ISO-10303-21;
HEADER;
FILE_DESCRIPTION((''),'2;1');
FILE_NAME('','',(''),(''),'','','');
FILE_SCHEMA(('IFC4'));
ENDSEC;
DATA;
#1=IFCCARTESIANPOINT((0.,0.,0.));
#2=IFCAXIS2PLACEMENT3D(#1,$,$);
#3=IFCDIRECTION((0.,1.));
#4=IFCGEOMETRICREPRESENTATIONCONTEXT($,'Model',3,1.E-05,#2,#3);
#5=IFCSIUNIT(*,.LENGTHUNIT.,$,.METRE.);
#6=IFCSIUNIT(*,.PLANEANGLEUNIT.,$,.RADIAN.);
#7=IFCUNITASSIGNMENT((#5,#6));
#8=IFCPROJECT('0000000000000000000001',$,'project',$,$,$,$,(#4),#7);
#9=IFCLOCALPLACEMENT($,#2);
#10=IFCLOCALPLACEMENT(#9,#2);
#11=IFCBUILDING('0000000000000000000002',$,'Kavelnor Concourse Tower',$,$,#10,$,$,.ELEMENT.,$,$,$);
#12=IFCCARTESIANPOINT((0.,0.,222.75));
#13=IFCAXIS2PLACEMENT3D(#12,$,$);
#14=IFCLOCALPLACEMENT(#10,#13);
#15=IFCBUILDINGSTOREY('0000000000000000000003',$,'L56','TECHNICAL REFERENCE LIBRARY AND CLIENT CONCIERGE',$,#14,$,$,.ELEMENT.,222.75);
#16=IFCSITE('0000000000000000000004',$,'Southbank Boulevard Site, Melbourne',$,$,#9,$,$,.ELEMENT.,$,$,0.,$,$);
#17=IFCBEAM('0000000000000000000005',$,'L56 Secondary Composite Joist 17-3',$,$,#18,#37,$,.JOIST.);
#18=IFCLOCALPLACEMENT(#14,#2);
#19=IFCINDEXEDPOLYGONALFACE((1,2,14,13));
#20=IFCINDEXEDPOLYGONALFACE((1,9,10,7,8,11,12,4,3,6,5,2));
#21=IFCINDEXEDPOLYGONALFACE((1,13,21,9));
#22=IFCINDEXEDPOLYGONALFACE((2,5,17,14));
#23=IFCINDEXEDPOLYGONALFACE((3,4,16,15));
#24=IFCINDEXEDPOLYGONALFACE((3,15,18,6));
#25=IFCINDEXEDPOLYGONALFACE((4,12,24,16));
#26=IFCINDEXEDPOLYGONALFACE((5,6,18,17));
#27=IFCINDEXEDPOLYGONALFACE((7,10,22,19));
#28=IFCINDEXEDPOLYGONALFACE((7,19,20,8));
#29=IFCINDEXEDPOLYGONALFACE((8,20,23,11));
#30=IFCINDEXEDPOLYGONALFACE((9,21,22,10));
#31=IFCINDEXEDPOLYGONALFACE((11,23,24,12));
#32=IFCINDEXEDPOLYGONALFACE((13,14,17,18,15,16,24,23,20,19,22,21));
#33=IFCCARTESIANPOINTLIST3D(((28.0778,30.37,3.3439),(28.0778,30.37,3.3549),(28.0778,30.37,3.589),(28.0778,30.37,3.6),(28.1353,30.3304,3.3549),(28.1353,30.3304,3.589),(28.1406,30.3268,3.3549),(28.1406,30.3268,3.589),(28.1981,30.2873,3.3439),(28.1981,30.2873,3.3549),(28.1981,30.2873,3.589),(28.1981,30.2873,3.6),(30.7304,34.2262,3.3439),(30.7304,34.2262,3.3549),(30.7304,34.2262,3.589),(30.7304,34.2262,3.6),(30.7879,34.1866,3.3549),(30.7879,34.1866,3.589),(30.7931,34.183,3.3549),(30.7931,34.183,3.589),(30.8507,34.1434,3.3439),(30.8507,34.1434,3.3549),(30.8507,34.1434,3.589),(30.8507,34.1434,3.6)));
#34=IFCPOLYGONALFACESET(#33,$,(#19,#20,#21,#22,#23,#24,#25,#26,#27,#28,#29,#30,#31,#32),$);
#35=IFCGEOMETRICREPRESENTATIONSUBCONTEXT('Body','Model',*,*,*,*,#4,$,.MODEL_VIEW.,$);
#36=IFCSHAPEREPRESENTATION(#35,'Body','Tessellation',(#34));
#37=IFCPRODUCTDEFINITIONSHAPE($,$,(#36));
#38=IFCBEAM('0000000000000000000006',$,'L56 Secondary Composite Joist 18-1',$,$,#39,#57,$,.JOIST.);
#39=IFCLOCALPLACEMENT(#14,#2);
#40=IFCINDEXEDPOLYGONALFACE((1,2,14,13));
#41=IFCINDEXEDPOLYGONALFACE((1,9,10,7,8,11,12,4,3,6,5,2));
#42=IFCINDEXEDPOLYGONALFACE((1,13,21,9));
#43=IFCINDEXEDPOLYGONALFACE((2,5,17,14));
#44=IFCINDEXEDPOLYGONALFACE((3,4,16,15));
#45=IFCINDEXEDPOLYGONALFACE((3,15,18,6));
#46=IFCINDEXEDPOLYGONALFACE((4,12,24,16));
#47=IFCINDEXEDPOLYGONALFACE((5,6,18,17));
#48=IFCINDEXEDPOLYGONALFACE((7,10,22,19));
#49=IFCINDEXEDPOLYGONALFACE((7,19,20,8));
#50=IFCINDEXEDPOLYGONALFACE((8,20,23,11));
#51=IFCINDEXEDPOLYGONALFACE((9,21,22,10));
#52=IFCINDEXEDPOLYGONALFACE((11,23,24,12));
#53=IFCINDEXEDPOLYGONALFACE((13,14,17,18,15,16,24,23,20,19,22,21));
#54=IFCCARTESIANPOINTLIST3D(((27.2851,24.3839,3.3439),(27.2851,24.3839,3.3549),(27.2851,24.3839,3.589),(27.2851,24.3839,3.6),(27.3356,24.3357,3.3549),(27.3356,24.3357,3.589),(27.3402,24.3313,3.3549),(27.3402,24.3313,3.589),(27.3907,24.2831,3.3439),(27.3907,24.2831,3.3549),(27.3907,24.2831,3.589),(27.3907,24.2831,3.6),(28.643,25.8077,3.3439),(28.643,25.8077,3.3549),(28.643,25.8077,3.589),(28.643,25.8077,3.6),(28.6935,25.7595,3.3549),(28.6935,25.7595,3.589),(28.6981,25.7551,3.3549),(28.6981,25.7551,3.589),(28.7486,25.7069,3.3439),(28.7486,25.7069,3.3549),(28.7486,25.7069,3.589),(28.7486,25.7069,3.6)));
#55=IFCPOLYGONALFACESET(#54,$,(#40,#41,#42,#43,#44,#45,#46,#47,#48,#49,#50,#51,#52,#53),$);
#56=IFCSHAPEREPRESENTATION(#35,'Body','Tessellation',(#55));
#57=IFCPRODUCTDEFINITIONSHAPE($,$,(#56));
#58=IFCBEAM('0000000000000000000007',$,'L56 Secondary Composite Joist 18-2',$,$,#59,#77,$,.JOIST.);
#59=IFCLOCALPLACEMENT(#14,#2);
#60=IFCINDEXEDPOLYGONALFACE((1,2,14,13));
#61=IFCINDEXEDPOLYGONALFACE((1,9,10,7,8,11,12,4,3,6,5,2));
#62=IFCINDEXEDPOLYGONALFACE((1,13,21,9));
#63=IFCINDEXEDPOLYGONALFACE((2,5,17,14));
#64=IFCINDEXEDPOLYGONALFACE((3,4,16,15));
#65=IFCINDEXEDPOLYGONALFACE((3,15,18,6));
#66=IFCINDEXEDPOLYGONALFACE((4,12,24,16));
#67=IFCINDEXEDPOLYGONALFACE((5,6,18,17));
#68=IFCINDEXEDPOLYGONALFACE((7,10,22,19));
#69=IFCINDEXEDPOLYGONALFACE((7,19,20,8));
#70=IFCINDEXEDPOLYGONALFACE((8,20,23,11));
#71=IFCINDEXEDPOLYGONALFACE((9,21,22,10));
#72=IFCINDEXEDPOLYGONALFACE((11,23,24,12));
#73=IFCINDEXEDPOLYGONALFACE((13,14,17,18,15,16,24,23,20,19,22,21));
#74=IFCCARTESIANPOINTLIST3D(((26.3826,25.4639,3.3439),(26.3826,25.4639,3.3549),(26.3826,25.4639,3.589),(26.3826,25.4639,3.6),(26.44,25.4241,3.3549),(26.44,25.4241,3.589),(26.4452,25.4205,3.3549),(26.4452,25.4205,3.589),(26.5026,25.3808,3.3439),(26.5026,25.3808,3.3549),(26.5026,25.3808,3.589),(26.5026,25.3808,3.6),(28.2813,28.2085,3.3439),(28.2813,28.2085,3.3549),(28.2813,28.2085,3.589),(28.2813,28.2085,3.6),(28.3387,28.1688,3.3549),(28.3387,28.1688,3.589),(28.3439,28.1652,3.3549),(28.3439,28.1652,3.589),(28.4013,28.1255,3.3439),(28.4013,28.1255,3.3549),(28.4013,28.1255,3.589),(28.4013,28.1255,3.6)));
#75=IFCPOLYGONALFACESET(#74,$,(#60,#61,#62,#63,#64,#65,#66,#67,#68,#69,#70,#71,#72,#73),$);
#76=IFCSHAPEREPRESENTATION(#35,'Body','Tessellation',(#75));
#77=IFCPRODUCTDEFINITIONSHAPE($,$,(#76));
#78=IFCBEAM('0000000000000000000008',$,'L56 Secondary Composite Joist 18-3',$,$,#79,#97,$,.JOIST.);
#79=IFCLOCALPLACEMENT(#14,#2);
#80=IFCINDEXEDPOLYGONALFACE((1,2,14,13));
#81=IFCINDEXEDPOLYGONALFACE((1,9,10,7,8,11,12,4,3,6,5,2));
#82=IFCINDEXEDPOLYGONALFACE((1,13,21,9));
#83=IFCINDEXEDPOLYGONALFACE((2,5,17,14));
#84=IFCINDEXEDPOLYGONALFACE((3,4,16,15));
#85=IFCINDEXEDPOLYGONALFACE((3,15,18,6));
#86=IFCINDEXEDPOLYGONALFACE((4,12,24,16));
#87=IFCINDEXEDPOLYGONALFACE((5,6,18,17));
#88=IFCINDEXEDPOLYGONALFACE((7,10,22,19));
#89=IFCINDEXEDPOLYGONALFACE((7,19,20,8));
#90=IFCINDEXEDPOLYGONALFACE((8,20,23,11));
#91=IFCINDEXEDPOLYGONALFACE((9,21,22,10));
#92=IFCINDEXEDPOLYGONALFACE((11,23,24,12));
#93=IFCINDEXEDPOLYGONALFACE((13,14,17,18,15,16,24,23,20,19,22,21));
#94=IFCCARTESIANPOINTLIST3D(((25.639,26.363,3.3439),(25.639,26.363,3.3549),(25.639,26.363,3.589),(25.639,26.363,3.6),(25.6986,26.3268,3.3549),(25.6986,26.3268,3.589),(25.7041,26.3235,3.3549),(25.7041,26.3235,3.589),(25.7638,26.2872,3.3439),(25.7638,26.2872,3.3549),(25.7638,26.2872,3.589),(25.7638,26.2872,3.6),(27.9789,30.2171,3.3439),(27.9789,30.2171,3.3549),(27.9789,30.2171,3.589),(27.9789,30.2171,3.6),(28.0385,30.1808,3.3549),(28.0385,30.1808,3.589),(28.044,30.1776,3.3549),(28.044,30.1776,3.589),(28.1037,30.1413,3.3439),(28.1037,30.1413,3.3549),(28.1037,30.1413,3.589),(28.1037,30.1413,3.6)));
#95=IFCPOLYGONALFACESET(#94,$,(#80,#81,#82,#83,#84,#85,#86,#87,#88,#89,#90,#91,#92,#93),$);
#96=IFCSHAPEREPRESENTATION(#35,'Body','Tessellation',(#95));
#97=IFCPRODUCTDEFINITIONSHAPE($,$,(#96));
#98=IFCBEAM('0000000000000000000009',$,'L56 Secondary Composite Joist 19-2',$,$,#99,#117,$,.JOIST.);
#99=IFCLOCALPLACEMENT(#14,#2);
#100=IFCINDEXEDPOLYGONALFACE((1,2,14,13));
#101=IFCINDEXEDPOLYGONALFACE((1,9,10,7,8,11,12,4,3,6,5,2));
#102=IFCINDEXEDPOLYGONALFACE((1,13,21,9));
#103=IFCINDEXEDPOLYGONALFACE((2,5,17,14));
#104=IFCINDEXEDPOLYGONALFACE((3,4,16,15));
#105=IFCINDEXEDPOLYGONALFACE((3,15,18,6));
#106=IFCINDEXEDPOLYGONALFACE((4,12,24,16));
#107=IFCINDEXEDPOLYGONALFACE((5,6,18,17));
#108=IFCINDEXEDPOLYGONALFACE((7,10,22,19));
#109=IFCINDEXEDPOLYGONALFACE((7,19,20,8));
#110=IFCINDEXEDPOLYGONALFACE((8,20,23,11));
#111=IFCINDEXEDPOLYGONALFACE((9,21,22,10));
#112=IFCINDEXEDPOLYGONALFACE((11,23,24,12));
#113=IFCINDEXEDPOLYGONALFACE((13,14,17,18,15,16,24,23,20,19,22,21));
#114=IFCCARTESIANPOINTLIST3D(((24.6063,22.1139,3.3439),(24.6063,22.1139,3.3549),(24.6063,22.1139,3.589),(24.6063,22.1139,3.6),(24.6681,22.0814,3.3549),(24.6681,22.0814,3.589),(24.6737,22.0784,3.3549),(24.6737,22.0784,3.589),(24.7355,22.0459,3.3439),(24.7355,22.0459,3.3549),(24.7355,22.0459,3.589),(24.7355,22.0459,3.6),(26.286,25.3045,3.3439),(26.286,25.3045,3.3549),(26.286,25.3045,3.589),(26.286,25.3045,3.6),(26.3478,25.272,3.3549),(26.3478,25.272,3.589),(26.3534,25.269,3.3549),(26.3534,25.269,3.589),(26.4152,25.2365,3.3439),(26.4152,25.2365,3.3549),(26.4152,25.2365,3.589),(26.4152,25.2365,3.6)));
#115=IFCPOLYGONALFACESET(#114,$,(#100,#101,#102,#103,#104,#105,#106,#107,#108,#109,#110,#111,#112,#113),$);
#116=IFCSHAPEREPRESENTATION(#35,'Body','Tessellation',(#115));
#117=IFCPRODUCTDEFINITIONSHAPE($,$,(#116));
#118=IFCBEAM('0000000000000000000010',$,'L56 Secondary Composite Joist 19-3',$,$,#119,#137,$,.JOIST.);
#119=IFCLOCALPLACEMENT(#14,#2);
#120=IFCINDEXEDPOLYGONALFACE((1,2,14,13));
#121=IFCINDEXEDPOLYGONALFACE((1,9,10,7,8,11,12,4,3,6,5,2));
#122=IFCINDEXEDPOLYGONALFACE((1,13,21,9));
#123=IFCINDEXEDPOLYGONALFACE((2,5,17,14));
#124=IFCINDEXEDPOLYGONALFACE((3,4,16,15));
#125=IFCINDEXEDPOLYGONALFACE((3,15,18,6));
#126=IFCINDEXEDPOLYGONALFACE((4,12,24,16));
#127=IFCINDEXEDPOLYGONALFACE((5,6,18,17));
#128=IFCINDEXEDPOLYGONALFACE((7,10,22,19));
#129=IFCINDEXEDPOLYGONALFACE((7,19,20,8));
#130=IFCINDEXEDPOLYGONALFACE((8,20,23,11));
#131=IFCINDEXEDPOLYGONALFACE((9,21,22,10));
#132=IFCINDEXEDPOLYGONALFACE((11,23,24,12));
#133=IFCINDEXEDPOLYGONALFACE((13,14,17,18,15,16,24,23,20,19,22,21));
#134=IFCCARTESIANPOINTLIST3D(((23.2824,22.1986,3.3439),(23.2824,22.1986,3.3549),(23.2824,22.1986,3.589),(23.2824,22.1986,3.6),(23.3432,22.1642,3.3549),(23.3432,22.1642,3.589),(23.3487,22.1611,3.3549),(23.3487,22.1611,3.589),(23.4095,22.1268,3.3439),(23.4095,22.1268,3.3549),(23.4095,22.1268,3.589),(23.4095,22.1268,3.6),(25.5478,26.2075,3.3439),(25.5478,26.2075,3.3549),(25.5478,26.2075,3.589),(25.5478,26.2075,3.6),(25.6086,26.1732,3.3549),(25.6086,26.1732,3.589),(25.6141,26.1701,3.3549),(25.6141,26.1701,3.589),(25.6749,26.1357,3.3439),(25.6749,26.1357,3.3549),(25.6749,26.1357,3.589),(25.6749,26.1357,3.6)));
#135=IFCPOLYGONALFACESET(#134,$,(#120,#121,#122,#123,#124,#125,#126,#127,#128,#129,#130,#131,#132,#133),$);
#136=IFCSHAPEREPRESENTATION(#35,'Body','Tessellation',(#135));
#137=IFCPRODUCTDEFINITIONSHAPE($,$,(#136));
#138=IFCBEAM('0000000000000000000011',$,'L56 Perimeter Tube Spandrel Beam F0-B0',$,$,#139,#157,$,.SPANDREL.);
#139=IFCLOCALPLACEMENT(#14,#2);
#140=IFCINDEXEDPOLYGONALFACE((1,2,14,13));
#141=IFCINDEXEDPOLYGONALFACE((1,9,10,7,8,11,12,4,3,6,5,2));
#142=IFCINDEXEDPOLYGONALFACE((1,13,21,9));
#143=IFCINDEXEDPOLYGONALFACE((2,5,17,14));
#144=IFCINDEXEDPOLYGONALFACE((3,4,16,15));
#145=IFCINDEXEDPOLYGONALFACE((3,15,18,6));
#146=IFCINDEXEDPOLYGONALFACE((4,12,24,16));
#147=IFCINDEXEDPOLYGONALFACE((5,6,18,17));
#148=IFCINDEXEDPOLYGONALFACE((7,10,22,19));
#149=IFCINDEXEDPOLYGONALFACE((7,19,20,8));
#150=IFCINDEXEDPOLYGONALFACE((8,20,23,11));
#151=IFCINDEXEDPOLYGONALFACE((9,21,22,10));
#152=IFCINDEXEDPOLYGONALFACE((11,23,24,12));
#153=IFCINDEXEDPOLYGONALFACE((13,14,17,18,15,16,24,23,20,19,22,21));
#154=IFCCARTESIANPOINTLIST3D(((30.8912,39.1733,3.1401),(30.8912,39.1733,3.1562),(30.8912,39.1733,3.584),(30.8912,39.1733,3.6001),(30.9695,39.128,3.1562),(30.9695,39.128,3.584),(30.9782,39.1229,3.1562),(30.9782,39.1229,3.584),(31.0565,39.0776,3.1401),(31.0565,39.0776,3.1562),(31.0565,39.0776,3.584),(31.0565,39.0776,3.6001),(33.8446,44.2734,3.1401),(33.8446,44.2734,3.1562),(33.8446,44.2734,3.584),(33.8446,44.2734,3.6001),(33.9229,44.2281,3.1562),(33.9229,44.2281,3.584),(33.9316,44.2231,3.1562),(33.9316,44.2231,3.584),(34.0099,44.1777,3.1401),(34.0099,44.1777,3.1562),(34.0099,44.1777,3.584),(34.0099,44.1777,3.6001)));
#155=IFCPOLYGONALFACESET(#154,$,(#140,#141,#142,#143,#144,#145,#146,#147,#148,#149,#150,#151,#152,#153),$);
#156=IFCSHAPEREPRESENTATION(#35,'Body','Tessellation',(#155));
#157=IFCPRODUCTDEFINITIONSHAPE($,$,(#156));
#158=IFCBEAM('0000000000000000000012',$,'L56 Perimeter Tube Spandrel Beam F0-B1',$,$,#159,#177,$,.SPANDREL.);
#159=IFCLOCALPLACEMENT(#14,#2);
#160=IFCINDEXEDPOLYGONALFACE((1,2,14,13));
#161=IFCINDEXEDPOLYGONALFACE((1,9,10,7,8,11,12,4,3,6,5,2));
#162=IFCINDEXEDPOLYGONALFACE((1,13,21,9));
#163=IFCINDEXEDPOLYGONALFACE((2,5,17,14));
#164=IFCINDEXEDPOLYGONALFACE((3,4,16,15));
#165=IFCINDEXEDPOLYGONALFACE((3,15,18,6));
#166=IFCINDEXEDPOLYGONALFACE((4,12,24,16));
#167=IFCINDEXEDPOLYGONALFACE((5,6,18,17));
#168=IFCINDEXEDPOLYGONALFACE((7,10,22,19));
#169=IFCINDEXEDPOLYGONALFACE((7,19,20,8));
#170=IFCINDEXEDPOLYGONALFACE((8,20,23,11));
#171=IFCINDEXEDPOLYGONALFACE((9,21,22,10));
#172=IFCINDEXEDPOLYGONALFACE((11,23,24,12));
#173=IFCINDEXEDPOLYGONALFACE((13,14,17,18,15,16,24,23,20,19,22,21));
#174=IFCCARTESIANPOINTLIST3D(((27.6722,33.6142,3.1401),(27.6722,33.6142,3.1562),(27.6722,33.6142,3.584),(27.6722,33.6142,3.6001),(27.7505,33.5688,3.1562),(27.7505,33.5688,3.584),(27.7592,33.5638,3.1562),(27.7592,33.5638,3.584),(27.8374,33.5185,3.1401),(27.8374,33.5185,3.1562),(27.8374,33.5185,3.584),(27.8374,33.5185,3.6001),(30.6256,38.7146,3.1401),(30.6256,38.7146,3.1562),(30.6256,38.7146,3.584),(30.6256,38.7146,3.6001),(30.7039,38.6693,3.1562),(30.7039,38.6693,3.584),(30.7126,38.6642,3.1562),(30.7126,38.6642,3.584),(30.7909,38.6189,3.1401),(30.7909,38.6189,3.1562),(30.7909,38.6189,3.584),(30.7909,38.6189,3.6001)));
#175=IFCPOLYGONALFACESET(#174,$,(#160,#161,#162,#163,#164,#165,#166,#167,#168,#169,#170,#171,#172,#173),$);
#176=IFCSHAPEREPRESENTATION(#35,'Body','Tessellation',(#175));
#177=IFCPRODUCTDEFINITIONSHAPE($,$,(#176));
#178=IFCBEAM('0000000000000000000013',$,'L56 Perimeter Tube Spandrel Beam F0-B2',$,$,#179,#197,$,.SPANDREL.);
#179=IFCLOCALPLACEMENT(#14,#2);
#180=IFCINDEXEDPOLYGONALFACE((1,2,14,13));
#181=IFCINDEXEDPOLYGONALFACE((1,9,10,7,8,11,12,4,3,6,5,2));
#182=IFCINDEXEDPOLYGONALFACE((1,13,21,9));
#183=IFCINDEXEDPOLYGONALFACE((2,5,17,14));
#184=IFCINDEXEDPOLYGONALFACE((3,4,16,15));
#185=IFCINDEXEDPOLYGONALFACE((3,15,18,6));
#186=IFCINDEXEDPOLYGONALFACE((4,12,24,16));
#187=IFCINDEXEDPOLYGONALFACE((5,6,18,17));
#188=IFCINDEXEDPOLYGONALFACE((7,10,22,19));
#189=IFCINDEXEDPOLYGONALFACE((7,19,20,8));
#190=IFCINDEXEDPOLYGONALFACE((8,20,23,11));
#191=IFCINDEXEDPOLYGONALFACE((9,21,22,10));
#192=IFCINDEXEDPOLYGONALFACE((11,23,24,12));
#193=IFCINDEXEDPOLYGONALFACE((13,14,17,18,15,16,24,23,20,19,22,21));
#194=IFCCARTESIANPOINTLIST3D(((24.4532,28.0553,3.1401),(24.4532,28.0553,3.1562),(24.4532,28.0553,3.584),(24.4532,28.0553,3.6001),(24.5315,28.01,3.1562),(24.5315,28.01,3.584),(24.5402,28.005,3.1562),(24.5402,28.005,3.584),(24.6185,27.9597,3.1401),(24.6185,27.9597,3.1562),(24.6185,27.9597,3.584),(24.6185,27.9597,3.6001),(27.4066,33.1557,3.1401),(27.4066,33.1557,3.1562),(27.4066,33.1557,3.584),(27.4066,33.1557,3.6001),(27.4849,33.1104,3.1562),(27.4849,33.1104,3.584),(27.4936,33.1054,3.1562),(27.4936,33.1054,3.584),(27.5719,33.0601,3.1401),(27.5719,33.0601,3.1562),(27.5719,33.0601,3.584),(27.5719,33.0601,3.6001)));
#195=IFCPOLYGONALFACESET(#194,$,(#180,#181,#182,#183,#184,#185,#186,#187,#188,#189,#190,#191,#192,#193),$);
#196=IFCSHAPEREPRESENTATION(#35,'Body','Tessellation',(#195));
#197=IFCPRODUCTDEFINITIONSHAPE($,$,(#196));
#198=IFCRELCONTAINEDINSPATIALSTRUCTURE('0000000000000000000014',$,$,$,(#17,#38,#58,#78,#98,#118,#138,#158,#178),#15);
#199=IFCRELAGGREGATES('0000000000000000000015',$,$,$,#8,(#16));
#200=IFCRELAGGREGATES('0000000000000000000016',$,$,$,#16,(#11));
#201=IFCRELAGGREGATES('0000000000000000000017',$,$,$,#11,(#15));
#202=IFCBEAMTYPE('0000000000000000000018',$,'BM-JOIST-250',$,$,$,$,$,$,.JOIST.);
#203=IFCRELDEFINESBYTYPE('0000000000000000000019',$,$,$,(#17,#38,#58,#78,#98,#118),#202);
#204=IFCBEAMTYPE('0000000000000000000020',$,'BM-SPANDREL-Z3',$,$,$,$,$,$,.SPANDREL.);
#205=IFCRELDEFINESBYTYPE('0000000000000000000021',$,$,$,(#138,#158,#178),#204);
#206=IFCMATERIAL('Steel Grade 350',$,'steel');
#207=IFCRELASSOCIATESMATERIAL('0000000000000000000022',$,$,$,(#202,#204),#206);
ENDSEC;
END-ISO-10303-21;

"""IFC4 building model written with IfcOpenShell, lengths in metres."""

from ifc_helpers import new_model, si_unit, direction, frame, origin, origin_2d, place, context, subcontext, project, spatial, i_section, extrude, material, material_profile, profile_set, type_object, element, save


model = new_model("IFC4")

# Units and contexts
model_context = context("Model", 3, precision=1e-05, world=origin(), true_north=direction((0.0, 1.0)))
body_context = subcontext(model_context, "Body", "Model", "MODEL_VIEW")
ifc_project = project(units=[si_unit("LENGTHUNIT", "METRE"), si_unit("PLANEANGLEUNIT", "RADIAN")], contexts=[model_context])

# Site, building, storey
site_placement = place(None, origin())
site = spatial("IfcSite", under=ifc_project, at=site_placement, Name="Southbank Boulevard Site, Melbourne", CompositionType="ELEMENT", RefElevation=0.0)
building_placement = place(site_placement, origin())
building = spatial("IfcBuilding", under=site, at=building_placement, Name="Kavelnor Concourse Tower", CompositionType="ELEMENT")
storey_placement = place(building_placement, frame((0.0, 0.0, 222.75)))
storey = spatial("IfcBuildingStorey", under=building, at=storey_placement, Name="L56", Description="TECHNICAL REFERENCE LIBRARY AND CLIENT CONCIERGE", CompositionType="ELEMENT", Elevation=222.75)

# Shared definitions
ifc_material_1 = material(Name="Steel Grade 350", Category="steel")

# Beams
ifc_material_profile_1 = material_profile(ifc_material_1, i_section(OverallWidth=0.146, OverallDepth=0.2561, WebThickness=0.0063, FlangeThickness=0.011, at=origin_2d()), Name="250UB37")
ifc_profile_set_1 = profile_set([ifc_material_profile_1], Name="Steel Grade 350")
beam_type_1 = type_object("IfcBeamType", Name="BM-JOIST-250", PredefinedType="JOIST", material=ifc_profile_set_1)
beam_1_placement = place(storey_placement, frame((30.7905, 34.1848, 3.4719), z_axis=(-0.566739, -0.823897, 0.0), x_axis=(0.823897, -0.566739, 0.0)))
element("IfcBeam", 1, at=beam_1_placement, inside=storey, type_object=beam_type_1, Name="L56 Secondary Composite Joist 17-3", PredefinedType="JOIST", context=body_context, shape_type="SweptSolid", body=[
    extrude(i_section(OverallWidth=0.146, OverallDepth=0.2561, WebThickness=0.0063, FlangeThickness=0.011, at=origin_2d()), origin(), (0.0, 0.0, 1.0), 4.6804),
])
beam_2_placement = place(storey_placement, frame((28.6958, 25.7573, 3.4719), z_axis=(-0.690157, -0.72366, 0.0), x_axis=(0.72366, -0.690157, 0.0)))
element("IfcBeam", 2, at=beam_2_placement, inside=storey, type_object=beam_type_1, Name="L56 Secondary Composite Joist 18-1", PredefinedType="JOIST", context=body_context, shape_type="SweptSolid", body=[
    extrude(i_section(OverallWidth=0.146, OverallDepth=0.2561, WebThickness=0.0063, FlangeThickness=0.011, at=origin_2d()), origin(), (0.0, 0.0, 1.0), 1.9675),
])
beam_3_placement = place(storey_placement, frame((28.3413, 28.167, 3.4719), z_axis=(-0.568917, -0.822395, 0.0), x_axis=(0.822395, -0.568917, 0.0)))
element("IfcBeam", 3, at=beam_3_placement, inside=storey, type_object=beam_type_1, Name="L56 Secondary Composite Joist 18-2", PredefinedType="JOIST", context=body_context, shape_type="SweptSolid", body=[
    extrude(i_section(OverallWidth=0.146, OverallDepth=0.2561, WebThickness=0.0063, FlangeThickness=0.011, at=origin_2d()), origin(), (0.0, 0.0, 1.0), 3.3374),
])
beam_4_placement = place(storey_placement, frame((28.0413, 30.1792, 3.4719), z_axis=(-0.518964, -0.854796, 0.0), x_axis=(0.854796, -0.518964, 0.0)))
element("IfcBeam", 4, at=beam_4_placement, inside=storey, type_object=beam_type_1, Name="L56 Secondary Composite Joist 18-3", PredefinedType="JOIST", context=body_context, shape_type="SweptSolid", body=[
    extrude(i_section(OverallWidth=0.146, OverallDepth=0.2561, WebThickness=0.0063, FlangeThickness=0.011, at=origin_2d()), origin(), (0.0, 0.0, 1.0), 4.5088),
])
beam_5_placement = place(storey_placement, frame((26.3506, 25.2705, 3.4719), z_axis=(-0.46583, -0.884874, 0.0), x_axis=(0.884874, -0.46583, 0.0)))
element("IfcBeam", 5, at=beam_5_placement, inside=storey, type_object=beam_type_1, Name="L56 Secondary Composite Joist 19-2", PredefinedType="JOIST", context=body_context, shape_type="SweptSolid", body=[
    extrude(i_section(OverallWidth=0.146, OverallDepth=0.2561, WebThickness=0.0063, FlangeThickness=0.011, at=origin_2d()), origin(), (0.0, 0.0, 1.0), 3.6057),
])
beam_6_placement = place(storey_placement, frame((25.6113, 26.1716, 3.4719), z_axis=(-0.491959, -0.870618, 0.0), x_axis=(0.870618, -0.491959, 0.0)))
element("IfcBeam", 6, at=beam_6_placement, inside=storey, type_object=beam_type_1, Name="L56 Secondary Composite Joist 19-3", PredefinedType="JOIST", context=body_context, shape_type="SweptSolid", body=[
    extrude(i_section(OverallWidth=0.146, OverallDepth=0.2561, WebThickness=0.0063, FlangeThickness=0.011, at=origin_2d()), origin(), (0.0, 0.0, 1.0), 4.6047),
])
ifc_material_profile_2 = material_profile(ifc_material_1, i_section(OverallWidth=0.1909, OverallDepth=0.46, WebThickness=0.01, FlangeThickness=0.0161, at=origin_2d()), Name="460UB82")
ifc_profile_set_2 = profile_set([ifc_material_profile_2], Name="Steel Grade 350")
beam_type_2 = type_object("IfcBeamType", Name="BM-SPANDREL-Z3", PredefinedType="SPANDREL", material=ifc_profile_set_2)
beam_7_placement = place(storey_placement, frame((33.9272, 44.2256, 3.3701), z_axis=(-0.501123, -0.865376, 0.0), x_axis=(0.865376, -0.501123, 0.0)))
element("IfcBeam", 7, at=beam_7_placement, inside=storey, type_object=beam_type_2, Name="L56 Perimeter Tube Spandrel Beam F0-B0", PredefinedType="SPANDREL", context=body_context, shape_type="SweptSolid", body=[
    extrude(i_section(OverallWidth=0.1909, OverallDepth=0.46, WebThickness=0.01, FlangeThickness=0.0161, at=origin_2d()), origin(), (0.0, 0.0, 1.0), 5.8936),
])
for number, where, z_axis, x_axis, name in (
    (8, (30.7083, 38.6667, 3.3701), (-0.501105, -0.865387, 0.0), (0.865387, -0.501105, 0.0), "L56 Perimeter Tube Spandrel Beam F0-B1"),
    (9, (27.4893, 33.1079, 3.3701), (-0.501105, -0.865387, 0.0), (0.865387, -0.501105, 0.0), "L56 Perimeter Tube Spandrel Beam F0-B2"),
):
    element("IfcBeam", number, at=place(storey_placement, frame(where, z_axis=z_axis, x_axis=x_axis)), inside=storey, type_object=beam_type_2, Name=name, PredefinedType="SPANDREL", context=body_context, shape_type="SweptSolid", body=[
        extrude(i_section(OverallWidth=0.1909, OverallDepth=0.46, WebThickness=0.01, FlangeThickness=0.0161, at=origin_2d()), origin(), (0.0, 0.0, 1.0), 5.8938),
    ])

save(model, "model.ifc")
